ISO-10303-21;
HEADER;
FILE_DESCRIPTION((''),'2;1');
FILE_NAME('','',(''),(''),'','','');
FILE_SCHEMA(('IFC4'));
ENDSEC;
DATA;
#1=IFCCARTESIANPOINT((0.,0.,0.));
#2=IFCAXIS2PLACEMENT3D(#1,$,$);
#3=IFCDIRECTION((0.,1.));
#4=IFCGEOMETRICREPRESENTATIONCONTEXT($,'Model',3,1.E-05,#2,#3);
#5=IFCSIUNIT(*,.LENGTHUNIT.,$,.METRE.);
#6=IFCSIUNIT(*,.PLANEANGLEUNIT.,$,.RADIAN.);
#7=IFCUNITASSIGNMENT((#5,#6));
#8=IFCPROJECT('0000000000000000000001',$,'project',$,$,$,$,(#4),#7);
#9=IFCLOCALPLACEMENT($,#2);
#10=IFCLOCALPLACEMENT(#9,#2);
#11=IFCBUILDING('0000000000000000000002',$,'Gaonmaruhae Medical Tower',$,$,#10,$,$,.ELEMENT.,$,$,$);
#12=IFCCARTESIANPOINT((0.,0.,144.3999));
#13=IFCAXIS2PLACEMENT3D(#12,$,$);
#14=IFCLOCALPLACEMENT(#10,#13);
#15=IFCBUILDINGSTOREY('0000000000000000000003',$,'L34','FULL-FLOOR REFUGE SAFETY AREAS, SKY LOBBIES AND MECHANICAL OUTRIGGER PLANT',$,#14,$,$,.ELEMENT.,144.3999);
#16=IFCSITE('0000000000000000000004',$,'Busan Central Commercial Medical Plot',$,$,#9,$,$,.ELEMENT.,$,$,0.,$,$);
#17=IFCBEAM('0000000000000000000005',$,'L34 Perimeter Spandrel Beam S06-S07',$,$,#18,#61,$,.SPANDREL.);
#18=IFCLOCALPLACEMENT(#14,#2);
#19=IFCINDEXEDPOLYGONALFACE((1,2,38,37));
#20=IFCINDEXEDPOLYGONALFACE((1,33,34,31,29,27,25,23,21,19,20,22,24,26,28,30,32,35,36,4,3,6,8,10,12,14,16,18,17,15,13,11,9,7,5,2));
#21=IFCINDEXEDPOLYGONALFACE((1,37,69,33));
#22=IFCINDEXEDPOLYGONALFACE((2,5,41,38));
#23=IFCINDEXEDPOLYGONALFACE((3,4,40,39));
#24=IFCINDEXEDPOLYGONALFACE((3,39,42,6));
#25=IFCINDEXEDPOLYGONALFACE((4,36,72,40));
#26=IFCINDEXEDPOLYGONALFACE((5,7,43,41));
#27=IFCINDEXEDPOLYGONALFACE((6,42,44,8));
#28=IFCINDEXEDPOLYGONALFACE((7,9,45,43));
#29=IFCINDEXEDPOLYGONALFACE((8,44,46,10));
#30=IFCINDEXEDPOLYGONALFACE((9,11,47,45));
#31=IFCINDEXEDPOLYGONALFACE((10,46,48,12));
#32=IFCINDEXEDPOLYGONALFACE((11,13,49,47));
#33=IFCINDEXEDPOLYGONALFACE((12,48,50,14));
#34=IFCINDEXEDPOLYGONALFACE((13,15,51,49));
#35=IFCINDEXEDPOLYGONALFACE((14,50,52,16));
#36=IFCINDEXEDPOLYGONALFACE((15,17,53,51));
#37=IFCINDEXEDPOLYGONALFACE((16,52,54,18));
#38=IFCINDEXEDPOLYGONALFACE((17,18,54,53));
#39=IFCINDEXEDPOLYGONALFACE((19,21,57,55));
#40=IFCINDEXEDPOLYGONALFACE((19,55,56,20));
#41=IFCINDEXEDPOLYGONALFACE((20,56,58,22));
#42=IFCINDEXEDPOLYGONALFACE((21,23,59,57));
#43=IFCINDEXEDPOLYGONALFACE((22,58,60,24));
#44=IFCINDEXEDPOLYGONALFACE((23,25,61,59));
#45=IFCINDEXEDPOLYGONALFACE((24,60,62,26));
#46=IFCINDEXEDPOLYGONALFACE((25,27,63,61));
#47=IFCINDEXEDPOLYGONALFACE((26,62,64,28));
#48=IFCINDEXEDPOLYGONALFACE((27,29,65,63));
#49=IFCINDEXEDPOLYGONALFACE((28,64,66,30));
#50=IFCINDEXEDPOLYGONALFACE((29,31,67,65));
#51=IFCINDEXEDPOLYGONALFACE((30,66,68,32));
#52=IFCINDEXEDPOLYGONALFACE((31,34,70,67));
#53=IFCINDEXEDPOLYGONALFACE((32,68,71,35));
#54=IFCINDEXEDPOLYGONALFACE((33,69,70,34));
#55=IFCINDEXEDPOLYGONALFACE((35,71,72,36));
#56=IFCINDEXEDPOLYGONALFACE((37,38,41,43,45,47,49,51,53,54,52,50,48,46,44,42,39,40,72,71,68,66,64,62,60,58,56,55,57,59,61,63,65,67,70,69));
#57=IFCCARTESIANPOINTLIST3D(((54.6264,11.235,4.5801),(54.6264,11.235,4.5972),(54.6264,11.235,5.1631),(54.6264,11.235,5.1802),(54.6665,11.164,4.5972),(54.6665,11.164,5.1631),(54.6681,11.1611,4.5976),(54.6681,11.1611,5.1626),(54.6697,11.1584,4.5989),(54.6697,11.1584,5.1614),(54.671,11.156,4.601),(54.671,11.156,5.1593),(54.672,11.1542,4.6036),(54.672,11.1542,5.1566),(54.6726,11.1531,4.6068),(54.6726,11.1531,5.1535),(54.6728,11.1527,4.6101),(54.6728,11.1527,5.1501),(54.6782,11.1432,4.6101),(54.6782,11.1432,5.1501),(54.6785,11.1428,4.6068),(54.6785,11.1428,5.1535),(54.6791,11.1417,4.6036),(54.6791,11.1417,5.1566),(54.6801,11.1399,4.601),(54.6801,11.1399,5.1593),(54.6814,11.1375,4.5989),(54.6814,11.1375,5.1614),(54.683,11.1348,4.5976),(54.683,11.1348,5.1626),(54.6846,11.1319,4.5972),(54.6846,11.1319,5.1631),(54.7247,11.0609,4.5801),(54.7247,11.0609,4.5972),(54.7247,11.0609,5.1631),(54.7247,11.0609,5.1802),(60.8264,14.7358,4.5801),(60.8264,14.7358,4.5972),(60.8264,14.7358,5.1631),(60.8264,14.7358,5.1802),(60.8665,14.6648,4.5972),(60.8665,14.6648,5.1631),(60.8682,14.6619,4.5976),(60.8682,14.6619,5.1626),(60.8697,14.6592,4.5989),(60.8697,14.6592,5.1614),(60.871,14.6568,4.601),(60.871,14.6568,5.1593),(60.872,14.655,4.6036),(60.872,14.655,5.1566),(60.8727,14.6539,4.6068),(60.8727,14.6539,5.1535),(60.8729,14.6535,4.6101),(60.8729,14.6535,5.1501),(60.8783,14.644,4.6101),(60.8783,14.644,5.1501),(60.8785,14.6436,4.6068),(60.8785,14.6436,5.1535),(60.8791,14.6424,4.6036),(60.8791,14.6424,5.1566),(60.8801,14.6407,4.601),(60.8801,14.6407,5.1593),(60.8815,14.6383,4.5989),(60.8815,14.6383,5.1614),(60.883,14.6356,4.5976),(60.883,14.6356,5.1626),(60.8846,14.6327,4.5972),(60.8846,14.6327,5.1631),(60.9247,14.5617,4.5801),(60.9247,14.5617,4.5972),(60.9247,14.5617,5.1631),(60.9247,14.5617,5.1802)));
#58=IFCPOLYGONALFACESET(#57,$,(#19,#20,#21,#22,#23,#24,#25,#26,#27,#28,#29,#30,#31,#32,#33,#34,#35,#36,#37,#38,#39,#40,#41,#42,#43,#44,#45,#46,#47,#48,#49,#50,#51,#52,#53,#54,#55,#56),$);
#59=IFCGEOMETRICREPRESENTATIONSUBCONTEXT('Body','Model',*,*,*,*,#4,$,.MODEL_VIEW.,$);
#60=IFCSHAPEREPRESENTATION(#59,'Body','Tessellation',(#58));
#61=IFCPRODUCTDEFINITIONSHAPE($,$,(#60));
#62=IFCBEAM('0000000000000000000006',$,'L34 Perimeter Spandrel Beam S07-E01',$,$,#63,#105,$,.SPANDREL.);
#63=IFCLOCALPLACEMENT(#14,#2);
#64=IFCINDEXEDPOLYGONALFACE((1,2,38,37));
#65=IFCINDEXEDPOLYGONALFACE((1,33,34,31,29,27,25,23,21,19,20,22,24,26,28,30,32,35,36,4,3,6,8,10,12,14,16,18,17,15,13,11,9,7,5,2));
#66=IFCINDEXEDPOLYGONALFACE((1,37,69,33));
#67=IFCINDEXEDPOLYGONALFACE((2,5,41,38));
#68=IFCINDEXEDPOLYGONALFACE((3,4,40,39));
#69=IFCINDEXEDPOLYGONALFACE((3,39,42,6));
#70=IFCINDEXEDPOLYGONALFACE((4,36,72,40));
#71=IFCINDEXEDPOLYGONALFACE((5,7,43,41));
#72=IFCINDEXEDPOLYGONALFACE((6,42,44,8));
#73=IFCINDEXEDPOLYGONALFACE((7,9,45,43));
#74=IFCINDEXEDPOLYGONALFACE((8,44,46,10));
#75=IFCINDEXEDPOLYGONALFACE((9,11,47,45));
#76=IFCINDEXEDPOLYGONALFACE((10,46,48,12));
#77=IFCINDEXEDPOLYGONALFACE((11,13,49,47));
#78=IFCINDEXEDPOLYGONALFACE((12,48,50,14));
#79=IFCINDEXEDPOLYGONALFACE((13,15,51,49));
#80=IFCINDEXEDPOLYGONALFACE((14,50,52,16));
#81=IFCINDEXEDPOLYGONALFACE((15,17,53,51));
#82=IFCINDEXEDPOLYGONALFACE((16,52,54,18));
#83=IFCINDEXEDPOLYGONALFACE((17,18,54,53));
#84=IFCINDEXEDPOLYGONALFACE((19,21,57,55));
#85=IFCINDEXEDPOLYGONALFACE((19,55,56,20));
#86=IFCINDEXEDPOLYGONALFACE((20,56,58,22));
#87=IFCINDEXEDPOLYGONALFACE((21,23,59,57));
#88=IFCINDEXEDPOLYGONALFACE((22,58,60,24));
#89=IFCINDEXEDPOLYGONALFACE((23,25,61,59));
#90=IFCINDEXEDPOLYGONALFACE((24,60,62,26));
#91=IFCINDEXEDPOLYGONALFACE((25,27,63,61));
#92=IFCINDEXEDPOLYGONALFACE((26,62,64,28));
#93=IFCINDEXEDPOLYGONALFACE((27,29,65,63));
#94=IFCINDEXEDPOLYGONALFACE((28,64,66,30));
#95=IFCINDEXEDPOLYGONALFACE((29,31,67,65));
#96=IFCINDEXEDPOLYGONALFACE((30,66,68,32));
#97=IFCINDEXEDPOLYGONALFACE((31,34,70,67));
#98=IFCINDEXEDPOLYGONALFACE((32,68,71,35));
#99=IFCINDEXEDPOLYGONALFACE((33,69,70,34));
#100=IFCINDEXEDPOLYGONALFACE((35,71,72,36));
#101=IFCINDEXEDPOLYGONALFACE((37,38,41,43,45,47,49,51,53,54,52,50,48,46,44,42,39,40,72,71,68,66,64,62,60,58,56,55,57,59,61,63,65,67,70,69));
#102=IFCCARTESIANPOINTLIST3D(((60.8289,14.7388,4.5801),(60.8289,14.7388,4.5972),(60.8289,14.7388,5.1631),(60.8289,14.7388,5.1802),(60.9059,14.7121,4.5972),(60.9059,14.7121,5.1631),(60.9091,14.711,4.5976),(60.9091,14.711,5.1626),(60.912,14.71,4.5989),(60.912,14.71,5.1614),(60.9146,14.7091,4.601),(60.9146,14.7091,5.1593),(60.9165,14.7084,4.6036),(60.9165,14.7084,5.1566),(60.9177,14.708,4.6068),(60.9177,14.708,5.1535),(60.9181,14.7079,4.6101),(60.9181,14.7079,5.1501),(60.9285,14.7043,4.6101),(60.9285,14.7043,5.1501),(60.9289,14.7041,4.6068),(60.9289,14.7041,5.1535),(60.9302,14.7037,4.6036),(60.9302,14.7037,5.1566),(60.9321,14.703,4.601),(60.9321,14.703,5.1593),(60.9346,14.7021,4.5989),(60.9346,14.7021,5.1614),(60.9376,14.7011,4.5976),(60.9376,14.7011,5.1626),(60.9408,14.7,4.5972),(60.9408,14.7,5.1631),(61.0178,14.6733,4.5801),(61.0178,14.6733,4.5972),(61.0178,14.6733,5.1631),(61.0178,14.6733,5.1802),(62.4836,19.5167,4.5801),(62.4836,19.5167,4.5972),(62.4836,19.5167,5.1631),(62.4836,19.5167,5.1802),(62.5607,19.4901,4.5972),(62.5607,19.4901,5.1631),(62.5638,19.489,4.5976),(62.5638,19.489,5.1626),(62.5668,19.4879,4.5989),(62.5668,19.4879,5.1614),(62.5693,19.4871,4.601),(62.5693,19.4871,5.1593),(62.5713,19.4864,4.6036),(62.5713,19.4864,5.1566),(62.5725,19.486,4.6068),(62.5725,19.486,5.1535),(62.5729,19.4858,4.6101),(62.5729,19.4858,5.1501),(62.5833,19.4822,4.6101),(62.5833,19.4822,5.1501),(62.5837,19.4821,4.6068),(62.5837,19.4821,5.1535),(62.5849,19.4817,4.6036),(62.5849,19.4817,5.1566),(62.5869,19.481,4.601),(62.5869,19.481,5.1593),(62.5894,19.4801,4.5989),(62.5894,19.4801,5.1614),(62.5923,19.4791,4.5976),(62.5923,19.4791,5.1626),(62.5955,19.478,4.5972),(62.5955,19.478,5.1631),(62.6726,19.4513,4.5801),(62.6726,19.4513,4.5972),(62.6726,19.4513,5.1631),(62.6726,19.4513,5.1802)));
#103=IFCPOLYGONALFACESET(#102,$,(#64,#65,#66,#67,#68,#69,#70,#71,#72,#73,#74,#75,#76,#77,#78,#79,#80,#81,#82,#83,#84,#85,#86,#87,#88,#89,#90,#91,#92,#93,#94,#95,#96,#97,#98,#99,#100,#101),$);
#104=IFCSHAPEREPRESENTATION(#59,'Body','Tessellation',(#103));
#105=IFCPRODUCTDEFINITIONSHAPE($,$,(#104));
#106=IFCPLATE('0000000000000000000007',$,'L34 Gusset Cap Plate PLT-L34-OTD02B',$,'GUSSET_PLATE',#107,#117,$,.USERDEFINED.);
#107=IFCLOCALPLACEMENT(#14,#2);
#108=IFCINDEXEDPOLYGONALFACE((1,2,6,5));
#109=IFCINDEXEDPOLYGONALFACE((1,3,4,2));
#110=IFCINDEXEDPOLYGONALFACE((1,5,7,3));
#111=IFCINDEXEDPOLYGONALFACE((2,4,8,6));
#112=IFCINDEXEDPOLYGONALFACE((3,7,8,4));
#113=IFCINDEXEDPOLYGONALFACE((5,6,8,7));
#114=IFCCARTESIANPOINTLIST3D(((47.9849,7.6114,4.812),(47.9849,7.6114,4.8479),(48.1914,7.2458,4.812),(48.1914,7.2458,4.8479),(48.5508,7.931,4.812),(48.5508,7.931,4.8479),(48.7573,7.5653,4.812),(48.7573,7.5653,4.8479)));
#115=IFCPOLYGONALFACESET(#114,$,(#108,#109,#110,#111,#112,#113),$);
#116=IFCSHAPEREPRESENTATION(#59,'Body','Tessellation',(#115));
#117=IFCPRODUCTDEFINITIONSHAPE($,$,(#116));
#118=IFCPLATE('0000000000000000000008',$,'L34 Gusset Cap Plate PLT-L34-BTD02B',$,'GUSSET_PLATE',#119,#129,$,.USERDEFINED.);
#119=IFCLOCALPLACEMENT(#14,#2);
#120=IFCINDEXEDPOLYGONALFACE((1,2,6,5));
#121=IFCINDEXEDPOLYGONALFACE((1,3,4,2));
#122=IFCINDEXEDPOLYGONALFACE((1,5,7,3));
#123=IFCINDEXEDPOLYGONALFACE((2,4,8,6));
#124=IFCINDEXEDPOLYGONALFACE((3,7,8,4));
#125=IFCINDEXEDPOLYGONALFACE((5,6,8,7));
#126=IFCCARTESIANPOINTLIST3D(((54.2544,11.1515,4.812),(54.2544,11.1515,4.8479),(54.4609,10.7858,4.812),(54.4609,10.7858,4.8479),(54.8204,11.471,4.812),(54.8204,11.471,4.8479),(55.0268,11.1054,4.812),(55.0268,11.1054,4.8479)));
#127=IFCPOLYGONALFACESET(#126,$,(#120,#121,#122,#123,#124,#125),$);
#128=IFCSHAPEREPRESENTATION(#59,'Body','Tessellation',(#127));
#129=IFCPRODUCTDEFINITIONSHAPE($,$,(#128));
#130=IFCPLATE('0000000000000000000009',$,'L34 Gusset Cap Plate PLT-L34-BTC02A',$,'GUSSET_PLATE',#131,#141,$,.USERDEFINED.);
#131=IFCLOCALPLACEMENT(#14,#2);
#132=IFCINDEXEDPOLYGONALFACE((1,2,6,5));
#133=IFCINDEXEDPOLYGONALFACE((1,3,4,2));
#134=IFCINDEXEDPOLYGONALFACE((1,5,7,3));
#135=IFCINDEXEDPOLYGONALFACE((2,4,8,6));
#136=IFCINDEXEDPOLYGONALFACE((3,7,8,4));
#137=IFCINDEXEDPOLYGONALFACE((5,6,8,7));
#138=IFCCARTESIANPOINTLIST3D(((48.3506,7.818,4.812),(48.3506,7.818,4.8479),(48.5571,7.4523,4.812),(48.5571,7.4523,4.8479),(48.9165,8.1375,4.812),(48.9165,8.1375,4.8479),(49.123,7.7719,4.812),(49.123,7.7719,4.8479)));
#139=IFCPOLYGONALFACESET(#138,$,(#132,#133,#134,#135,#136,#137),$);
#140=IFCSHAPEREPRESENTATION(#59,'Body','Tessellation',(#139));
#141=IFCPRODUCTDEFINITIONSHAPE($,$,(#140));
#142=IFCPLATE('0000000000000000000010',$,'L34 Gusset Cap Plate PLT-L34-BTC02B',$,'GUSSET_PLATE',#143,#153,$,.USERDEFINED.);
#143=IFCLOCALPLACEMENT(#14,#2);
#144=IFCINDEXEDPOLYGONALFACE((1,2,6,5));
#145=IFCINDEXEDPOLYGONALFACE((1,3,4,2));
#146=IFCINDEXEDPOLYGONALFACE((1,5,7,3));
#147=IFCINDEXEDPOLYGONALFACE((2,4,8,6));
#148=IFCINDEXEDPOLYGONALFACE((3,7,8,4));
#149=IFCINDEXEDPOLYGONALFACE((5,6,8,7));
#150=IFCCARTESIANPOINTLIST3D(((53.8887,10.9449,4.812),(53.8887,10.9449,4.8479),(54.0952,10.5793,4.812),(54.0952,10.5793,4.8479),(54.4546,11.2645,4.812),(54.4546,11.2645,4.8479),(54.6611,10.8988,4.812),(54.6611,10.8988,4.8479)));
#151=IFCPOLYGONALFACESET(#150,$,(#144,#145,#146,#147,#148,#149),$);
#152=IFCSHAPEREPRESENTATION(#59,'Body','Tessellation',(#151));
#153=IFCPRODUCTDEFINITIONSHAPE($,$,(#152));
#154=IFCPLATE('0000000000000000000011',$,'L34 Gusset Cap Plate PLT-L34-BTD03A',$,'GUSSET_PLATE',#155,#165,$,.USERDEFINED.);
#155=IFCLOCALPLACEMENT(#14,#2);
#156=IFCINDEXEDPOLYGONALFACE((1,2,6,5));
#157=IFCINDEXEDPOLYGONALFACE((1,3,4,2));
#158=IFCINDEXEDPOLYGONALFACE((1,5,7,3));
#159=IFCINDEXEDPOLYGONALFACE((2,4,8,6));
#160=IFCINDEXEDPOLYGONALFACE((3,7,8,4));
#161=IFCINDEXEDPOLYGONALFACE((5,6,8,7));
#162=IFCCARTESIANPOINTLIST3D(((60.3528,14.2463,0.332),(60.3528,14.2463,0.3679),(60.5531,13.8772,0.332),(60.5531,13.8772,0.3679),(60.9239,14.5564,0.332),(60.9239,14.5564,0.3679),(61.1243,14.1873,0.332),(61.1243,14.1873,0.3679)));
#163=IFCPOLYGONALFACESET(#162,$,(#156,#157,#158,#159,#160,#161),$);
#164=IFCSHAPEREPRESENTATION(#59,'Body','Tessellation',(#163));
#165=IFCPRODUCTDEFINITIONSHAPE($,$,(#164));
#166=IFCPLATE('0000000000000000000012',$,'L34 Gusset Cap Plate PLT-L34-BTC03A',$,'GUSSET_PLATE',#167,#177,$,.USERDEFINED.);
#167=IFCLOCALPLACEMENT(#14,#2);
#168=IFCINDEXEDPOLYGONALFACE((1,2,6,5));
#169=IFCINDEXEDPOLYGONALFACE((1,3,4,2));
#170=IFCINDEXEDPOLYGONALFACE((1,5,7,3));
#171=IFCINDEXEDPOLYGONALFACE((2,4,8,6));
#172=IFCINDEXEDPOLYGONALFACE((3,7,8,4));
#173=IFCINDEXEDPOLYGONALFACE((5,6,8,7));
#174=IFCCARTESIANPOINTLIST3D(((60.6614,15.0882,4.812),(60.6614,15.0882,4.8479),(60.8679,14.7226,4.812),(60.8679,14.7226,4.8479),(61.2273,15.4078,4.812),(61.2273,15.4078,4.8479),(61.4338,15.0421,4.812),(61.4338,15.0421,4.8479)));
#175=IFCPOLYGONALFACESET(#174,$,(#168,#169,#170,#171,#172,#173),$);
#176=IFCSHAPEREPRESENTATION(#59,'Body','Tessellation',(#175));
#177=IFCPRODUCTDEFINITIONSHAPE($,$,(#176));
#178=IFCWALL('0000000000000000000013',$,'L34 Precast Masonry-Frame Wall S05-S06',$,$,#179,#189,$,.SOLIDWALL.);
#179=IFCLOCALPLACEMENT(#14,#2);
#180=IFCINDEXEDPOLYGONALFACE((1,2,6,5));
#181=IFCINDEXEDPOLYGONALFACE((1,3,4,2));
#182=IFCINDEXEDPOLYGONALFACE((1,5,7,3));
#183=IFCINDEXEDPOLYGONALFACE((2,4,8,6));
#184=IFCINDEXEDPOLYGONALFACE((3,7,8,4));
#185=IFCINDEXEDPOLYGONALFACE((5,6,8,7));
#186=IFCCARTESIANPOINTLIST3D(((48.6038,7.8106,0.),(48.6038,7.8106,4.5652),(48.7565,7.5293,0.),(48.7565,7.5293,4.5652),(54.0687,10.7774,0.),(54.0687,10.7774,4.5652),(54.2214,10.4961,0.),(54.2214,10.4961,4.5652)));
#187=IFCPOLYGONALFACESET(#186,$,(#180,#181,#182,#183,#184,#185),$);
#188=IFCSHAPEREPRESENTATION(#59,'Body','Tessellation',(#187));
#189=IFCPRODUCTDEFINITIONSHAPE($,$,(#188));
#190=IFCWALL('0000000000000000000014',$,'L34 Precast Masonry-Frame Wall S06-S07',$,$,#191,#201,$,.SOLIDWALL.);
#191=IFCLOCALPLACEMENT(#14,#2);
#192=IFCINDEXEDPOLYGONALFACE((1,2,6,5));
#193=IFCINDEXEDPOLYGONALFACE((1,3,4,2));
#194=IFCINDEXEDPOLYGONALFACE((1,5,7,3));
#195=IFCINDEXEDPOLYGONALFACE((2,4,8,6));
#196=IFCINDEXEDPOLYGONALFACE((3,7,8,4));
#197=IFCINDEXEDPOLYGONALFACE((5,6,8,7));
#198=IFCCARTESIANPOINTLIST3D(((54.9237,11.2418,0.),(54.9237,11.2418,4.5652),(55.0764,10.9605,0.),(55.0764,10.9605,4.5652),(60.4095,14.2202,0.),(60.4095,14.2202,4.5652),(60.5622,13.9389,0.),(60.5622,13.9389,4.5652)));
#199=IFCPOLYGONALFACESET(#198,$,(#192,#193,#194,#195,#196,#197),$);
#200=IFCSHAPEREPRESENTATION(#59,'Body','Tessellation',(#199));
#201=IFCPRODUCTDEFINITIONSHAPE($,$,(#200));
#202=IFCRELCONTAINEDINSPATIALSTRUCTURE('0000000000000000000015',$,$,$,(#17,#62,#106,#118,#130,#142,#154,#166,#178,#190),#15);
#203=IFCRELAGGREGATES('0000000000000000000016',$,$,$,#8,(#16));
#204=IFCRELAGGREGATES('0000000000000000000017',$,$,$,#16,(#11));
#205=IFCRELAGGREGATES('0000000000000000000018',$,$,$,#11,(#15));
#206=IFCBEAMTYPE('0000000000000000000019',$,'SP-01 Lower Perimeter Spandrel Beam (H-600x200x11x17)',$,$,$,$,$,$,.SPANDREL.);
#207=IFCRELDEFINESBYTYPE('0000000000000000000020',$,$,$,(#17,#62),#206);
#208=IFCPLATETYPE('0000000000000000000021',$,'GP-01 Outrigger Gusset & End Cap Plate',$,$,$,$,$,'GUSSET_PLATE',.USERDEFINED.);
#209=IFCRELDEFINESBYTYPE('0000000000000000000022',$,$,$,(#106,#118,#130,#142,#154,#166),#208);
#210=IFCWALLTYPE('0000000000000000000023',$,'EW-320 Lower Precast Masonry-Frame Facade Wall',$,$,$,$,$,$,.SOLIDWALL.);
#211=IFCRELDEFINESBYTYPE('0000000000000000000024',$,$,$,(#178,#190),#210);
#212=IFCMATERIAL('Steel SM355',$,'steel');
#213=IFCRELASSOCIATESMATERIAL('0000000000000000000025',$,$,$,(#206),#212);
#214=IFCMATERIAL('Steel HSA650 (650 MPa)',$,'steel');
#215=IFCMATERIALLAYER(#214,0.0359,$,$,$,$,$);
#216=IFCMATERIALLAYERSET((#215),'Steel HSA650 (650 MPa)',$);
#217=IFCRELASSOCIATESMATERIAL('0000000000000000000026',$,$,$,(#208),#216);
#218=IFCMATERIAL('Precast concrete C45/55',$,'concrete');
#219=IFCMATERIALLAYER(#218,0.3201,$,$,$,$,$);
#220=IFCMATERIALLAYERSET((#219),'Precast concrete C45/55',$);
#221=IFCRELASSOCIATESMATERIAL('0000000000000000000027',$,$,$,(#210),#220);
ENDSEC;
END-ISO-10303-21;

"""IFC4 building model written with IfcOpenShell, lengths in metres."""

from ifc_helpers import new_model, si_unit, direction, frame, frame_2d, origin, origin_2d, place, context, subcontext, project, spatial, rectangle, i_section, extrude, material, layer, layer_set, material_profile, profile_set, type_object, element, save


model = new_model("IFC4")

# Units and contexts
model_context = context("Model", 3, precision=1e-05, world=origin(), true_north=direction((0.0, 1.0)))
body_context = subcontext(model_context, "Body", "Model", "MODEL_VIEW")
ifc_project = project(units=[si_unit("LENGTHUNIT", "METRE"), si_unit("PLANEANGLEUNIT", "RADIAN")], contexts=[model_context])

# Site, building, storey
site_placement = place(None, origin())
site = spatial("IfcSite", under=ifc_project, at=site_placement, Name="Busan Central Commercial Medical Plot", CompositionType="ELEMENT", RefElevation=0.0)
building_placement = place(site_placement, origin())
building = spatial("IfcBuilding", under=site, at=building_placement, Name="Gaonmaruhae Medical Tower", CompositionType="ELEMENT")
storey_placement = place(building_placement, frame((0.0, 0.0, 144.3999)))
storey = spatial("IfcBuildingStorey", under=building, at=storey_placement, Name="L34", Description="FULL-FLOOR REFUGE SAFETY AREAS, SKY LOBBIES AND MECHANICAL OUTRIGGER PLANT", CompositionType="ELEMENT", Elevation=144.3999)

# Shared definitions
ifc_material_1 = material(Name="Steel HSA650 (650 MPa)", Category="steel")

# Beams
ifc_material_2 = material(Name="Steel SM355", Category="steel")
ifc_material_profile_1 = material_profile(ifc_material_2, i_section(OverallWidth=0.2, OverallDepth=0.6001, WebThickness=0.011, FlangeThickness=0.0171, FilletRadius=0.0129, at=origin_2d()), Name="H-600x200x11x17")
ifc_profile_set_1 = profile_set([ifc_material_profile_1], Name="Steel SM355")
beam_type_1 = type_object("IfcBeamType", Name="SP-01 Lower Perimeter Spandrel Beam (H-600x200x11x17)", PredefinedType="SPANDREL", material=ifc_profile_set_1)
for number, where, z_axis, x_axis, name in (
    (1, (54.6755, 11.1479, 4.8801), (0.870779, 0.491675, 0.0), (-0.491675, 0.870779, 0.0), "L34 Perimeter Spandrel Beam S06-S07"),
):
    element("IfcBeam", number, at=place(storey_placement, frame(where, z_axis=z_axis, x_axis=x_axis)), inside=storey, type_object=beam_type_1, Name=name, PredefinedType="SPANDREL", context=body_context, shape_type="SweptSolid", body=[
        extrude(i_section(OverallWidth=0.2, OverallDepth=0.6001, WebThickness=0.011, FlangeThickness=0.0171, FilletRadius=0.0129, at=origin_2d()), origin(), (0.0, 0.0, 1.0), 7.1201),
    ])
beam_1_placement = place(storey_placement, frame((60.9233, 14.7061, 4.8801), z_axis=(0.327258, 0.944935, 0.0), x_axis=(-0.944935, 0.327258, 0.0)))
element("IfcBeam", 2, at=beam_1_placement, inside=storey, type_object=beam_type_1, Name="L34 Perimeter Spandrel Beam S07-E01", PredefinedType="SPANDREL", context=body_context, shape_type="SweptSolid", body=[
    extrude(i_section(OverallWidth=0.2, OverallDepth=0.6001, WebThickness=0.011, FlangeThickness=0.0171, FilletRadius=0.0129, at=origin_2d()), origin(), (0.0, 0.0, 1.0), 5.0564),
])

# Plates
ifc_layer_1 = layer(ifc_material_1, 0.0359)
ifc_layer_set_1 = layer_set([ifc_layer_1], Name="Steel HSA650 (650 MPa)")
plate_type = type_object("IfcPlateType", Name="GP-01 Outrigger Gusset & End Cap Plate", ElementType="GUSSET_PLATE", PredefinedType="USERDEFINED", material=ifc_layer_set_1)
for number, where, z_axis, x_axis, name in (
    (3, (48.3711, 7.5884, 4.812), (0.0, 0.0, 1.0), (0.870785, 0.491664, 0.0), "L34 Gusset Cap Plate PLT-L34-OTD02B"),
    (4, (54.6406, 11.1284, 4.812), (0.0, 0.0, 1.0), (0.870785, 0.491664, 0.0), "L34 Gusset Cap Plate PLT-L34-BTD02B"),
    (5, (48.7368, 7.7949, 4.812), (0.0, 0.0, 1.0), (0.870785, 0.491664, 0.0), "L34 Gusset Cap Plate PLT-L34-BTC02A"),
    (6, (54.2749, 10.9219, 4.812), (0.0, 0.0, 1.0), (0.870785, 0.491664, 0.0), "L34 Gusset Cap Plate PLT-L34-BTC02B"),
    (7, (60.7385, 14.2168, 0.332), (0.0, 0.0, 1.0), (0.878817, 0.477159, 0.0), "L34 Gusset Cap Plate PLT-L34-BTD03A"),
    (8, (61.0476, 15.0652, 4.812), (0.0, 0.0, 1.0), (0.870785, 0.491664, 0.0), "L34 Gusset Cap Plate PLT-L34-BTC03A"),
):
    element("IfcPlate", number, at=place(storey_placement, frame(where, z_axis=z_axis, x_axis=x_axis)), inside=storey, type_object=plate_type, Name=name, ObjectType="GUSSET_PLATE", PredefinedType="USERDEFINED", context=body_context, shape_type="SweptSolid", body=[
        extrude(rectangle(XDim=0.6499, YDim=0.4199, at=origin_2d()), origin(), (0.0, 0.0, 1.0), 0.0359),
    ])

# Walls
ifc_material_3 = material(Name="Precast concrete C45/55", Category="concrete")
ifc_layer_2 = layer(ifc_material_3, 0.3201)
ifc_layer_set_2 = layer_set([ifc_layer_2], Name="Precast concrete C45/55")
wall_type_1 = type_object("IfcWallType", Name="EW-320 Lower Precast Masonry-Frame Facade Wall", PredefinedType="SOLIDWALL", material=ifc_layer_set_2)
wall_1_placement = place(storey_placement, frame((54.145, 10.6367, 0.0), z_axis=(0.0, 0.0, 1.0), x_axis=(-0.878842, -0.477113, 0.0)))
element("IfcWall", 9, at=wall_1_placement, inside=storey, type_object=wall_type_1, Name="L34 Precast Masonry-Frame Wall S05-S06", PredefinedType="SOLIDWALL", context=body_context, shape_type="SweptSolid", body=[
    extrude(rectangle(XDim=6.2183, YDim=0.3201, at=frame_2d((3.1091, 0.0))), origin(), (0.0, 0.0, 1.0), 4.5652),
])
wall_2_placement = place(storey_placement, frame((60.4858, 14.0796, 0.0), z_axis=(0.0, 0.0, 1.0), x_axis=(-0.878821, -0.477152, 0.0)))
element("IfcWall", 10, at=wall_2_placement, inside=storey, type_object=wall_type_1, Name="L34 Precast Masonry-Frame Wall S06-S07", PredefinedType="SOLIDWALL", context=body_context, shape_type="SweptSolid", body=[
    extrude(rectangle(XDim=6.2422, YDim=0.3201, at=frame_2d((3.1211, 0.0))), origin(), (0.0, 0.0, 1.0), 4.5652),
])

save(model, "model.ifc")
